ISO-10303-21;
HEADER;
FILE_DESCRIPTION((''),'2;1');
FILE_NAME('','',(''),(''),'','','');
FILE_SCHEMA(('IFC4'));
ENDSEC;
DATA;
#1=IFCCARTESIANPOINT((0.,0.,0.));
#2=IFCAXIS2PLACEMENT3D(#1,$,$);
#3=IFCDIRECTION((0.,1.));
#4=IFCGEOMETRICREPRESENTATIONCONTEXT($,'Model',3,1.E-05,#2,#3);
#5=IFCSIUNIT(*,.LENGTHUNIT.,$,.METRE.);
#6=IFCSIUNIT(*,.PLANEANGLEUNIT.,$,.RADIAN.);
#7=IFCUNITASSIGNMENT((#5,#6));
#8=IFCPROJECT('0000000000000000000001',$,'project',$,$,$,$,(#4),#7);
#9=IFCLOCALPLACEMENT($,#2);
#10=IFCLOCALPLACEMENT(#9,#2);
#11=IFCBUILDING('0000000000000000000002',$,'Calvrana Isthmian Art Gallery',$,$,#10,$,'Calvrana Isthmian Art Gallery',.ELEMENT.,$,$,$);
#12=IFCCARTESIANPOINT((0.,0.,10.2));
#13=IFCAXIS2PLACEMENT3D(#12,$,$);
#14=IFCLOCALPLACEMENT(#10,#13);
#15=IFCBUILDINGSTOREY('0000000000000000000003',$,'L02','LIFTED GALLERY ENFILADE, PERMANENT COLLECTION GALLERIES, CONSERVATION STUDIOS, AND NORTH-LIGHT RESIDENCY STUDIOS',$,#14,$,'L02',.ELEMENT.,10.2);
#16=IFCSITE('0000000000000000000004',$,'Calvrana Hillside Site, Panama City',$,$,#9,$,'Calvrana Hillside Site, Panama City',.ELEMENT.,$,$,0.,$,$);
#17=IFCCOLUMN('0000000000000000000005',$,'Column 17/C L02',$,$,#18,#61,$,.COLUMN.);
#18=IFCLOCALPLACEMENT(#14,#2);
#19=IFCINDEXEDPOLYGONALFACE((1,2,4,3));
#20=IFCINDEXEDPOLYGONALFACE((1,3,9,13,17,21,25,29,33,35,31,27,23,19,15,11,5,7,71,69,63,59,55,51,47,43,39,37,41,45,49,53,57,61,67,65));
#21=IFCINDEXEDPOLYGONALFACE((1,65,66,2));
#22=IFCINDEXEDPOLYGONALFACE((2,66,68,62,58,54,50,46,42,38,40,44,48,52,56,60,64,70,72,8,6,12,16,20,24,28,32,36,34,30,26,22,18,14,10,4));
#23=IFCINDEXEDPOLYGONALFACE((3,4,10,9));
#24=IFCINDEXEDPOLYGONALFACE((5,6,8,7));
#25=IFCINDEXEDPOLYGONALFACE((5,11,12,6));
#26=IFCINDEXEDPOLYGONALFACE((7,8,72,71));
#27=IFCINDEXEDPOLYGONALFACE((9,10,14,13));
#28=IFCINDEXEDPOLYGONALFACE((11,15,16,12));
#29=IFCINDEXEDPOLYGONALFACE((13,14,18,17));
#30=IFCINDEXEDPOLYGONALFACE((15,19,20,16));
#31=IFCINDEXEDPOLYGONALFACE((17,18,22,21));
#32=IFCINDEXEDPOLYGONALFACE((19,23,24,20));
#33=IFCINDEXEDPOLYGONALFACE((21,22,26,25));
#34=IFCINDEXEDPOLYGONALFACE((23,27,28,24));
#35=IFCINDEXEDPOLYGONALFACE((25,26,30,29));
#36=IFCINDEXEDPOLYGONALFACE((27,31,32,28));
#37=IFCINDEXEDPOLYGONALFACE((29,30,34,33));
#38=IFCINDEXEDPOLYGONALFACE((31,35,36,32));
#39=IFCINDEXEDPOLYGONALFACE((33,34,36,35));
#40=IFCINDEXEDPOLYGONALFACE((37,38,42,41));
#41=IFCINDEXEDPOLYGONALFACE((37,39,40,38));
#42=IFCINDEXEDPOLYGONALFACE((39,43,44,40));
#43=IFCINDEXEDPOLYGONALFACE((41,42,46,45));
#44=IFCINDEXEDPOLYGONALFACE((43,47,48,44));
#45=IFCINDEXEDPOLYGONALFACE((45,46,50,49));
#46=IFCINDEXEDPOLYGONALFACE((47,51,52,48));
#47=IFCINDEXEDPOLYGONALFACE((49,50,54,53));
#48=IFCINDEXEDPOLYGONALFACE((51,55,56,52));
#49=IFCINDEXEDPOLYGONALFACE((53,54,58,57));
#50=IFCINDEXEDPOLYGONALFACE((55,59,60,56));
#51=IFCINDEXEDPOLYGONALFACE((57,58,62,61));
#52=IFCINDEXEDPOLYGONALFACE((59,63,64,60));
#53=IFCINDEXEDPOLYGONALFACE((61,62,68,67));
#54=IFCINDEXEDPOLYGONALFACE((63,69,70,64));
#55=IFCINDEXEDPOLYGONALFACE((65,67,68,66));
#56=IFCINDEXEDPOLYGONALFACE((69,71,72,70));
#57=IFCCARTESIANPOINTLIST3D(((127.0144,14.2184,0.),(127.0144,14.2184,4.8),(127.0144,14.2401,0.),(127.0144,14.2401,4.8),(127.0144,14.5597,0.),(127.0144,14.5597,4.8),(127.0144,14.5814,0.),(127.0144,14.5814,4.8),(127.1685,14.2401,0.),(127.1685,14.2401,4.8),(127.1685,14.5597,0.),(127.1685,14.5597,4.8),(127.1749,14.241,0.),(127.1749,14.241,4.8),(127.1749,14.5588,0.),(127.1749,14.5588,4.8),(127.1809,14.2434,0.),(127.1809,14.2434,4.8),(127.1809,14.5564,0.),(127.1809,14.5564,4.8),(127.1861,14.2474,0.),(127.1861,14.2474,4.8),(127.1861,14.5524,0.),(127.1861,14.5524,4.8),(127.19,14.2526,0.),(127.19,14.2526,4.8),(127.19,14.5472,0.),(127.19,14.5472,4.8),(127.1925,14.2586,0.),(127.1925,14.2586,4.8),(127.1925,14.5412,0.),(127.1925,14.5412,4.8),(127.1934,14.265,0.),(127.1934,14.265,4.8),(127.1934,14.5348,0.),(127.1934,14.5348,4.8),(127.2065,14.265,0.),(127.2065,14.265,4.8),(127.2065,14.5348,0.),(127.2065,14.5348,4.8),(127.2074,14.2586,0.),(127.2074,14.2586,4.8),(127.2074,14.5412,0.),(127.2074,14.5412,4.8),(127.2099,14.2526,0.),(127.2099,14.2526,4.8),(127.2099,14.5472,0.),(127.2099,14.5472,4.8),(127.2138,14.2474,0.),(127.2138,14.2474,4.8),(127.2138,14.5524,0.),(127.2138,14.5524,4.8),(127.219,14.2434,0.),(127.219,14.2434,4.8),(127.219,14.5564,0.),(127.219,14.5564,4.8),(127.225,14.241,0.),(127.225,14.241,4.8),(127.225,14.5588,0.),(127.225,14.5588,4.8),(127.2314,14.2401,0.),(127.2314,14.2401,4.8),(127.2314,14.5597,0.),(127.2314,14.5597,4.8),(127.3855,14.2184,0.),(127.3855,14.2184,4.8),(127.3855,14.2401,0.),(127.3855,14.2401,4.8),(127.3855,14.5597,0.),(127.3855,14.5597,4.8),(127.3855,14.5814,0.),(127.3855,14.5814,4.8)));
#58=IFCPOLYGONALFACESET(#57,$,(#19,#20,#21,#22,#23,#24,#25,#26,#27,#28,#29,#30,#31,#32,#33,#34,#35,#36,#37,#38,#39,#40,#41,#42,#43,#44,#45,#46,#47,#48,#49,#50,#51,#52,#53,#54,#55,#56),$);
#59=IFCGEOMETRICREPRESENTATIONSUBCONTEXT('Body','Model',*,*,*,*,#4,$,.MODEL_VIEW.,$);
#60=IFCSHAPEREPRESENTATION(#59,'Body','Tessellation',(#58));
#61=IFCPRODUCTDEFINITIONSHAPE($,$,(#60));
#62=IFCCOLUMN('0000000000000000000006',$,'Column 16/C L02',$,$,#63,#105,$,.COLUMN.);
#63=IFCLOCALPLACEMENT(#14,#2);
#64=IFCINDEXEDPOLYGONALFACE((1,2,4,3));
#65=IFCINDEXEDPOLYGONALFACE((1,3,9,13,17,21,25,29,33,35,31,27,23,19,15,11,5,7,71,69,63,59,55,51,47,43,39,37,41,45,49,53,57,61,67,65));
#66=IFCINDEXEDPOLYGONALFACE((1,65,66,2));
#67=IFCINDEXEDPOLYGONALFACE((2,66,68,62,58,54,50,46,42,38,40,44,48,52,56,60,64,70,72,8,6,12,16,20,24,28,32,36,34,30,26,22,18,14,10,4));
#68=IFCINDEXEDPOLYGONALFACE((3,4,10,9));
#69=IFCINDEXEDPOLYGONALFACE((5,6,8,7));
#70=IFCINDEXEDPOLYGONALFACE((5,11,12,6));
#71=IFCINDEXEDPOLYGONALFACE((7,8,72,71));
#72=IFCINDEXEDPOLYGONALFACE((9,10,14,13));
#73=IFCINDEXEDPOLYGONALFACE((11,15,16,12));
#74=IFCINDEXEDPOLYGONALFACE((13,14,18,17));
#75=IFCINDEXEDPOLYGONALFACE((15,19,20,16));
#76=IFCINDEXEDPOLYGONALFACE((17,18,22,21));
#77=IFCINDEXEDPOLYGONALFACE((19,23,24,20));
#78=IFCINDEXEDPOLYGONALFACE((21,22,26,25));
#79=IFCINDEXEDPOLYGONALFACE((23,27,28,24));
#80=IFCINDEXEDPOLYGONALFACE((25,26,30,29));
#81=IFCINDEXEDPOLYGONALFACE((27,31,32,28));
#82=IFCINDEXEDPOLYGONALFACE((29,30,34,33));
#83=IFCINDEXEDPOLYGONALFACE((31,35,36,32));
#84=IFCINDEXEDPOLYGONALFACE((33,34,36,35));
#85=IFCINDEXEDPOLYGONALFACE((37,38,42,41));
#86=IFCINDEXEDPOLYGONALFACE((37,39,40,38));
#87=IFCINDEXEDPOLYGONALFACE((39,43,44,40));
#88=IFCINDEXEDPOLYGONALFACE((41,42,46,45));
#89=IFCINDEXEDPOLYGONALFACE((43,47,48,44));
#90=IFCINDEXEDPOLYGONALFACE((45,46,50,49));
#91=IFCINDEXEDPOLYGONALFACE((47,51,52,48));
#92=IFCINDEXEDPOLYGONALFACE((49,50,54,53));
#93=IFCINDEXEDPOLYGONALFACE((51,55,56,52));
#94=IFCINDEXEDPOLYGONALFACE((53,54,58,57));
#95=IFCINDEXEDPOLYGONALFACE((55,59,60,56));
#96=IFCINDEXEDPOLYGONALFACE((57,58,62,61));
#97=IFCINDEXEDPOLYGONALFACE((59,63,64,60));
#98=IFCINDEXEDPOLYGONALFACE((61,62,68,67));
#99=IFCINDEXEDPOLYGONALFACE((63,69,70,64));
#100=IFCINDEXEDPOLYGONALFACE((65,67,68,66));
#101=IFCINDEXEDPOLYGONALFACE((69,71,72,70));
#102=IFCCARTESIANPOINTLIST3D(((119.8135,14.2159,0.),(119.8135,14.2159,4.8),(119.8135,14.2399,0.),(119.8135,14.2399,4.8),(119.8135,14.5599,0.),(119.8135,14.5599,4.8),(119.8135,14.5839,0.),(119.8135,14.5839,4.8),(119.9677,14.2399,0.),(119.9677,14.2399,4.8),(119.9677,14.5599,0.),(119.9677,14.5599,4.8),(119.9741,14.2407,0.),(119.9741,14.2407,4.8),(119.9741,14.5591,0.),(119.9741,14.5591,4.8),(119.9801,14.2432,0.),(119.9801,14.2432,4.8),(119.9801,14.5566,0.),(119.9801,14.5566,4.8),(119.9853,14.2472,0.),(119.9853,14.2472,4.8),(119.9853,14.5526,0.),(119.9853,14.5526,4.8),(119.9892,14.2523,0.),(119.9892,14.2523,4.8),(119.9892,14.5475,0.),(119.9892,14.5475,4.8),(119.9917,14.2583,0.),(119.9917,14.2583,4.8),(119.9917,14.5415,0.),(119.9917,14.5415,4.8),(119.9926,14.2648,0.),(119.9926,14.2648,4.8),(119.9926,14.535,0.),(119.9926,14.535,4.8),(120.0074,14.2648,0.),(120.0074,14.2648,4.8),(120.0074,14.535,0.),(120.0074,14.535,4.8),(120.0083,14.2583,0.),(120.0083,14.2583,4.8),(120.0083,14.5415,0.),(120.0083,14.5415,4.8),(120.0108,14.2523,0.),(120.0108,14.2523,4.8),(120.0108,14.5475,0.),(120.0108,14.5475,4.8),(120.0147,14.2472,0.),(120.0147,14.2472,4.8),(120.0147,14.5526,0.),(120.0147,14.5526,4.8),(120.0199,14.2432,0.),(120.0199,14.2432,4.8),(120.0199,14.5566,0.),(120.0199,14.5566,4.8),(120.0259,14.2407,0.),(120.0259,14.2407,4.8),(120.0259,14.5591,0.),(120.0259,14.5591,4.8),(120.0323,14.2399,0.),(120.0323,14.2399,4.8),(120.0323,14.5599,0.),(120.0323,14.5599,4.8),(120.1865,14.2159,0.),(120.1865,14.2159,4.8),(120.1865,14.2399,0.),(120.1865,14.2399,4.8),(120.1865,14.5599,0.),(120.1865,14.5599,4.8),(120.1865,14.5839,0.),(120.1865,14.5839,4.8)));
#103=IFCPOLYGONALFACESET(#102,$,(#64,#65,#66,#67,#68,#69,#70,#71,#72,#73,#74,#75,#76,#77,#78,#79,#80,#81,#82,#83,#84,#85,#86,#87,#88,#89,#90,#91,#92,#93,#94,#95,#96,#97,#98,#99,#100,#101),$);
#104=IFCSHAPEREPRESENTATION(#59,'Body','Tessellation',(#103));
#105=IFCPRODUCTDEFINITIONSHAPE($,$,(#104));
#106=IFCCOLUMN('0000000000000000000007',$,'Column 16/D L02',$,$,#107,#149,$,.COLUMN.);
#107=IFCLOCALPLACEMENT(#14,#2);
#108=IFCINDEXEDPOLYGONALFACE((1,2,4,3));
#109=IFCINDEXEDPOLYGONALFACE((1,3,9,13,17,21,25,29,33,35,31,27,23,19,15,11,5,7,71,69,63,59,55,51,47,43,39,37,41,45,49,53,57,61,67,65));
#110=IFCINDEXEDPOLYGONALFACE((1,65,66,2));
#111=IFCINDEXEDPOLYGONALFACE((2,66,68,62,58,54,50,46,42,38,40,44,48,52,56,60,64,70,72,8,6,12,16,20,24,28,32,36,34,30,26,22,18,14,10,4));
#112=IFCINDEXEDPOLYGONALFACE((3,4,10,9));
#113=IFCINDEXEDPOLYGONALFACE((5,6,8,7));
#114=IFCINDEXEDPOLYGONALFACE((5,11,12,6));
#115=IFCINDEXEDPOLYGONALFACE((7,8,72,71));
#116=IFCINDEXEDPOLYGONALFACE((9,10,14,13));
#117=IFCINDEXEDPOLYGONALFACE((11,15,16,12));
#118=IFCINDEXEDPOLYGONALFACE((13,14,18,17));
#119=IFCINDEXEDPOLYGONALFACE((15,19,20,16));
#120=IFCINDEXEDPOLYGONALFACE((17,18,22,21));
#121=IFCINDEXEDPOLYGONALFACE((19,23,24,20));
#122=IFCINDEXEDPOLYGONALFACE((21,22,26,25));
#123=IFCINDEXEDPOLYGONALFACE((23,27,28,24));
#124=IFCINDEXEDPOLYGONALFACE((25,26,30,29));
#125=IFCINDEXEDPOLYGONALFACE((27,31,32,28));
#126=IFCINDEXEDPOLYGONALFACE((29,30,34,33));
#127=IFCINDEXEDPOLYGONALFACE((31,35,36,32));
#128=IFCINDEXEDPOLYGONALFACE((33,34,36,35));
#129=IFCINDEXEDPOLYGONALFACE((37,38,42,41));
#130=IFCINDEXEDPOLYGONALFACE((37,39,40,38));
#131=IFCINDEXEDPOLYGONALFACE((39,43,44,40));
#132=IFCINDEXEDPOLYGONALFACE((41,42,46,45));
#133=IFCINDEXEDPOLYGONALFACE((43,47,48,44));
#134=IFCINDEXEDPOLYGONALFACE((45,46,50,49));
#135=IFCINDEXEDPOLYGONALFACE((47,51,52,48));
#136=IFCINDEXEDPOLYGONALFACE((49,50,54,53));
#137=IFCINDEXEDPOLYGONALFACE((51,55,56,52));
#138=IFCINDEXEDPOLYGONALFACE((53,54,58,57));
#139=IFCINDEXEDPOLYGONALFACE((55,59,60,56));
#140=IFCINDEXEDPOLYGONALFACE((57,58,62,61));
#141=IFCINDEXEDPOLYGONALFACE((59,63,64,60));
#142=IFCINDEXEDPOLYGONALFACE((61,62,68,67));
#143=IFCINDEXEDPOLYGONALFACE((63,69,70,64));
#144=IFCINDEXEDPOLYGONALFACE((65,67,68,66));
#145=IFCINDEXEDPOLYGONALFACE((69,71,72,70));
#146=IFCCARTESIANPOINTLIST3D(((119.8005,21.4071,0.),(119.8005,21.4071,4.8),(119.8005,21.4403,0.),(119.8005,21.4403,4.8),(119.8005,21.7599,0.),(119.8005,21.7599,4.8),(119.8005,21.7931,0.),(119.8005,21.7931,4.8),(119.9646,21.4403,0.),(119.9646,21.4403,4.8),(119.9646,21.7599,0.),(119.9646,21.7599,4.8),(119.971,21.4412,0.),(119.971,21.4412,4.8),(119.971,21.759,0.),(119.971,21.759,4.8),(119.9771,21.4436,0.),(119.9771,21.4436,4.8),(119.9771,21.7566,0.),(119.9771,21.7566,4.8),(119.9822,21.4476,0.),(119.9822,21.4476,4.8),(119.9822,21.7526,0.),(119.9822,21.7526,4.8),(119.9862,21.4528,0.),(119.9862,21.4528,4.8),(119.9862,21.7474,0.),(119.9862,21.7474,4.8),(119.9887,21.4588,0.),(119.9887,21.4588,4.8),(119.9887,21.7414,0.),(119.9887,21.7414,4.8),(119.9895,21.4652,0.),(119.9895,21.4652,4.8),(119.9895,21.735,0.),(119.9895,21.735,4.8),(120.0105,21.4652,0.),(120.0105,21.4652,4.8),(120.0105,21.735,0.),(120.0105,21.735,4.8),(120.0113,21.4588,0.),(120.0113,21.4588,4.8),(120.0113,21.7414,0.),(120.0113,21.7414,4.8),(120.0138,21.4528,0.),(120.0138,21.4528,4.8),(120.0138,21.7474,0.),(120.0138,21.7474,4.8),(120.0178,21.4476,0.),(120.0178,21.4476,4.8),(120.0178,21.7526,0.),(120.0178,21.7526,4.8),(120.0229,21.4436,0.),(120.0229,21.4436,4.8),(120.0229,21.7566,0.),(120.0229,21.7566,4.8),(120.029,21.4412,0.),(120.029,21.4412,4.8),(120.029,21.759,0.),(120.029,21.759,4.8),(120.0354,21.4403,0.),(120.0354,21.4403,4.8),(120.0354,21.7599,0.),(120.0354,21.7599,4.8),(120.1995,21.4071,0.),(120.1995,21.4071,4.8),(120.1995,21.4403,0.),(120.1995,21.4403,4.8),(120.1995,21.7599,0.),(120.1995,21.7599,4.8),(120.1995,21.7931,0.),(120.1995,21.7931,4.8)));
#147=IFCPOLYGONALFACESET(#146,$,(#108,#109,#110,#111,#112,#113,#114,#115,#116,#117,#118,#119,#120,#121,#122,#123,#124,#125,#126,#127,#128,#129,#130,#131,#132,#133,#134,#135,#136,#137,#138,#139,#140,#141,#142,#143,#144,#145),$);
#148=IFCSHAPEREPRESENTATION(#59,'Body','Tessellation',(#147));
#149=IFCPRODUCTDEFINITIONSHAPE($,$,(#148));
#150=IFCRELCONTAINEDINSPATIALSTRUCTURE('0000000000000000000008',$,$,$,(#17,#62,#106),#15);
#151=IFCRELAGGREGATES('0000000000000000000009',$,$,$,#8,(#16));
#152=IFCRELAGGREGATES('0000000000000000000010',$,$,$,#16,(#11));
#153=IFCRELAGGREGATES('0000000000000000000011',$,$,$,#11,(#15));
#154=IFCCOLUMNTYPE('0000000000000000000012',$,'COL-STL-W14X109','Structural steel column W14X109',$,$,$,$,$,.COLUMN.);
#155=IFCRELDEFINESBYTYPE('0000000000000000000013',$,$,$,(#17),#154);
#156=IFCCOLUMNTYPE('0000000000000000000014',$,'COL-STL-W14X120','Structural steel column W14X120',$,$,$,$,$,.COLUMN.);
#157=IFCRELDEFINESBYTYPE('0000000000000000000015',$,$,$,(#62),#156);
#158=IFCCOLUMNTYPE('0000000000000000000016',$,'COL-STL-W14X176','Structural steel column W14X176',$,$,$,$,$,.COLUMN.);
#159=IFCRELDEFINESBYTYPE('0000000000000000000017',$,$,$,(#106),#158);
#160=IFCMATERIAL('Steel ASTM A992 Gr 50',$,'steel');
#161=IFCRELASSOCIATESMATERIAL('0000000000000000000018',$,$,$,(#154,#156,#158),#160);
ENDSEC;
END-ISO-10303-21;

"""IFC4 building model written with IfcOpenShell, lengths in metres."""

from ifc_helpers import new_model, si_unit, direction, frame, origin, origin_2d, place, context, subcontext, project, spatial, i_section, extrude, material, material_profile, profile_set, type_object, element, save


model = new_model("IFC4")

# Units and contexts
model_context = context("Model", 3, precision=1e-05, world=origin(), true_north=direction((0.0, 1.0)))
body_context = subcontext(model_context, "Body", "Model", "MODEL_VIEW")
ifc_project = project(units=[si_unit("LENGTHUNIT", "METRE"), si_unit("PLANEANGLEUNIT", "RADIAN")], contexts=[model_context])

# Site, building, storey
site_placement = place(None, origin())
site = spatial("IfcSite", under=ifc_project, at=site_placement, Name="Calvrana Hillside Site, Panama City", LongName="Calvrana Hillside Site, Panama City", CompositionType="ELEMENT", RefElevation=0.0)
building_placement = place(site_placement, origin())
building = spatial("IfcBuilding", under=site, at=building_placement, Name="Calvrana Isthmian Art Gallery", LongName="Calvrana Isthmian Art Gallery", CompositionType="ELEMENT")
storey_placement = place(building_placement, frame((0.0, 0.0, 10.2)))
storey = spatial("IfcBuildingStorey", under=building, at=storey_placement, Name="L02", Description="LIFTED GALLERY ENFILADE, PERMANENT COLLECTION GALLERIES, CONSERVATION STUDIOS, AND NORTH-LIGHT RESIDENCY STUDIOS", LongName="L02", CompositionType="ELEMENT", Elevation=10.2)

# Columns
ifc_material_1 = material(Name="Steel ASTM A992 Gr 50", Category="steel")
ifc_material_profile_1 = material_profile(ifc_material_1, i_section(OverallWidth=0.3711, OverallDepth=0.363, WebThickness=0.0132, FlangeThickness=0.0217, FilletRadius=0.0249, at=origin_2d()), Name="W14X109")
ifc_profile_set_1 = profile_set([ifc_material_profile_1], Name="Steel ASTM A992 Gr 50")
column_type_1 = type_object("IfcColumnType", Name="COL-STL-W14X109", Description="Structural steel column W14X109", PredefinedType="COLUMN", material=ifc_profile_set_1)
column_1_placement = place(storey_placement, frame((127.2, 14.3999, 0.0), z_axis=(0.0, 0.0, 1.0), x_axis=(1.0, 0.0, 0.0)))
element("IfcColumn", 1, at=column_1_placement, inside=storey, type_object=column_type_1, Name="Column 17/C L02", PredefinedType="COLUMN", context=body_context, shape_type="SweptSolid", body=[
    extrude(i_section(OverallWidth=0.3711, OverallDepth=0.363, WebThickness=0.0132, FlangeThickness=0.0217, FilletRadius=0.0249, at=origin_2d()), origin(), (0.0, 0.0, 1.0), 4.8),
])
ifc_material_profile_2 = material_profile(ifc_material_1, i_section(OverallWidth=0.373, OverallDepth=0.3679, WebThickness=0.0149, FlangeThickness=0.0239, FilletRadius=0.0249, at=origin_2d()), Name="W14X120")
ifc_profile_set_2 = profile_set([ifc_material_profile_2], Name="Steel ASTM A992 Gr 50")
column_type_2 = type_object("IfcColumnType", Name="COL-STL-W14X120", Description="Structural steel column W14X120", PredefinedType="COLUMN", material=ifc_profile_set_2)
column_2_placement = place(storey_placement, frame((120.0, 14.3999, 0.0), z_axis=(0.0, 0.0, 1.0), x_axis=(1.0, 0.0, 0.0)))
element("IfcColumn", 2, at=column_2_placement, inside=storey, type_object=column_type_2, Name="Column 16/C L02", PredefinedType="COLUMN", context=body_context, shape_type="SweptSolid", body=[
    extrude(i_section(OverallWidth=0.373, OverallDepth=0.3679, WebThickness=0.0149, FlangeThickness=0.0239, FilletRadius=0.0249, at=origin_2d()), origin(), (0.0, 0.0, 1.0), 4.8),
])
ifc_material_profile_3 = material_profile(ifc_material_1, i_section(OverallWidth=0.3989, OverallDepth=0.386, WebThickness=0.021, FlangeThickness=0.0332, FilletRadius=0.0249, at=origin_2d()), Name="W14X176")
ifc_profile_set_3 = profile_set([ifc_material_profile_3], Name="Steel ASTM A992 Gr 50")
column_type_3 = type_object("IfcColumnType", Name="COL-STL-W14X176", Description="Structural steel column W14X176", PredefinedType="COLUMN", material=ifc_profile_set_3)
column_3_placement = place(storey_placement, frame((120.0, 21.6001, 0.0), z_axis=(0.0, 0.0, 1.0), x_axis=(1.0, 0.0, 0.0)))
element("IfcColumn", 3, at=column_3_placement, inside=storey, type_object=column_type_3, Name="Column 16/D L02", PredefinedType="COLUMN", context=body_context, shape_type="SweptSolid", body=[
    extrude(i_section(OverallWidth=0.3989, OverallDepth=0.386, WebThickness=0.021, FlangeThickness=0.0332, FilletRadius=0.0249, at=origin_2d()), origin(), (0.0, 0.0, 1.0), 4.8),
])

save(model, "model.ifc")
